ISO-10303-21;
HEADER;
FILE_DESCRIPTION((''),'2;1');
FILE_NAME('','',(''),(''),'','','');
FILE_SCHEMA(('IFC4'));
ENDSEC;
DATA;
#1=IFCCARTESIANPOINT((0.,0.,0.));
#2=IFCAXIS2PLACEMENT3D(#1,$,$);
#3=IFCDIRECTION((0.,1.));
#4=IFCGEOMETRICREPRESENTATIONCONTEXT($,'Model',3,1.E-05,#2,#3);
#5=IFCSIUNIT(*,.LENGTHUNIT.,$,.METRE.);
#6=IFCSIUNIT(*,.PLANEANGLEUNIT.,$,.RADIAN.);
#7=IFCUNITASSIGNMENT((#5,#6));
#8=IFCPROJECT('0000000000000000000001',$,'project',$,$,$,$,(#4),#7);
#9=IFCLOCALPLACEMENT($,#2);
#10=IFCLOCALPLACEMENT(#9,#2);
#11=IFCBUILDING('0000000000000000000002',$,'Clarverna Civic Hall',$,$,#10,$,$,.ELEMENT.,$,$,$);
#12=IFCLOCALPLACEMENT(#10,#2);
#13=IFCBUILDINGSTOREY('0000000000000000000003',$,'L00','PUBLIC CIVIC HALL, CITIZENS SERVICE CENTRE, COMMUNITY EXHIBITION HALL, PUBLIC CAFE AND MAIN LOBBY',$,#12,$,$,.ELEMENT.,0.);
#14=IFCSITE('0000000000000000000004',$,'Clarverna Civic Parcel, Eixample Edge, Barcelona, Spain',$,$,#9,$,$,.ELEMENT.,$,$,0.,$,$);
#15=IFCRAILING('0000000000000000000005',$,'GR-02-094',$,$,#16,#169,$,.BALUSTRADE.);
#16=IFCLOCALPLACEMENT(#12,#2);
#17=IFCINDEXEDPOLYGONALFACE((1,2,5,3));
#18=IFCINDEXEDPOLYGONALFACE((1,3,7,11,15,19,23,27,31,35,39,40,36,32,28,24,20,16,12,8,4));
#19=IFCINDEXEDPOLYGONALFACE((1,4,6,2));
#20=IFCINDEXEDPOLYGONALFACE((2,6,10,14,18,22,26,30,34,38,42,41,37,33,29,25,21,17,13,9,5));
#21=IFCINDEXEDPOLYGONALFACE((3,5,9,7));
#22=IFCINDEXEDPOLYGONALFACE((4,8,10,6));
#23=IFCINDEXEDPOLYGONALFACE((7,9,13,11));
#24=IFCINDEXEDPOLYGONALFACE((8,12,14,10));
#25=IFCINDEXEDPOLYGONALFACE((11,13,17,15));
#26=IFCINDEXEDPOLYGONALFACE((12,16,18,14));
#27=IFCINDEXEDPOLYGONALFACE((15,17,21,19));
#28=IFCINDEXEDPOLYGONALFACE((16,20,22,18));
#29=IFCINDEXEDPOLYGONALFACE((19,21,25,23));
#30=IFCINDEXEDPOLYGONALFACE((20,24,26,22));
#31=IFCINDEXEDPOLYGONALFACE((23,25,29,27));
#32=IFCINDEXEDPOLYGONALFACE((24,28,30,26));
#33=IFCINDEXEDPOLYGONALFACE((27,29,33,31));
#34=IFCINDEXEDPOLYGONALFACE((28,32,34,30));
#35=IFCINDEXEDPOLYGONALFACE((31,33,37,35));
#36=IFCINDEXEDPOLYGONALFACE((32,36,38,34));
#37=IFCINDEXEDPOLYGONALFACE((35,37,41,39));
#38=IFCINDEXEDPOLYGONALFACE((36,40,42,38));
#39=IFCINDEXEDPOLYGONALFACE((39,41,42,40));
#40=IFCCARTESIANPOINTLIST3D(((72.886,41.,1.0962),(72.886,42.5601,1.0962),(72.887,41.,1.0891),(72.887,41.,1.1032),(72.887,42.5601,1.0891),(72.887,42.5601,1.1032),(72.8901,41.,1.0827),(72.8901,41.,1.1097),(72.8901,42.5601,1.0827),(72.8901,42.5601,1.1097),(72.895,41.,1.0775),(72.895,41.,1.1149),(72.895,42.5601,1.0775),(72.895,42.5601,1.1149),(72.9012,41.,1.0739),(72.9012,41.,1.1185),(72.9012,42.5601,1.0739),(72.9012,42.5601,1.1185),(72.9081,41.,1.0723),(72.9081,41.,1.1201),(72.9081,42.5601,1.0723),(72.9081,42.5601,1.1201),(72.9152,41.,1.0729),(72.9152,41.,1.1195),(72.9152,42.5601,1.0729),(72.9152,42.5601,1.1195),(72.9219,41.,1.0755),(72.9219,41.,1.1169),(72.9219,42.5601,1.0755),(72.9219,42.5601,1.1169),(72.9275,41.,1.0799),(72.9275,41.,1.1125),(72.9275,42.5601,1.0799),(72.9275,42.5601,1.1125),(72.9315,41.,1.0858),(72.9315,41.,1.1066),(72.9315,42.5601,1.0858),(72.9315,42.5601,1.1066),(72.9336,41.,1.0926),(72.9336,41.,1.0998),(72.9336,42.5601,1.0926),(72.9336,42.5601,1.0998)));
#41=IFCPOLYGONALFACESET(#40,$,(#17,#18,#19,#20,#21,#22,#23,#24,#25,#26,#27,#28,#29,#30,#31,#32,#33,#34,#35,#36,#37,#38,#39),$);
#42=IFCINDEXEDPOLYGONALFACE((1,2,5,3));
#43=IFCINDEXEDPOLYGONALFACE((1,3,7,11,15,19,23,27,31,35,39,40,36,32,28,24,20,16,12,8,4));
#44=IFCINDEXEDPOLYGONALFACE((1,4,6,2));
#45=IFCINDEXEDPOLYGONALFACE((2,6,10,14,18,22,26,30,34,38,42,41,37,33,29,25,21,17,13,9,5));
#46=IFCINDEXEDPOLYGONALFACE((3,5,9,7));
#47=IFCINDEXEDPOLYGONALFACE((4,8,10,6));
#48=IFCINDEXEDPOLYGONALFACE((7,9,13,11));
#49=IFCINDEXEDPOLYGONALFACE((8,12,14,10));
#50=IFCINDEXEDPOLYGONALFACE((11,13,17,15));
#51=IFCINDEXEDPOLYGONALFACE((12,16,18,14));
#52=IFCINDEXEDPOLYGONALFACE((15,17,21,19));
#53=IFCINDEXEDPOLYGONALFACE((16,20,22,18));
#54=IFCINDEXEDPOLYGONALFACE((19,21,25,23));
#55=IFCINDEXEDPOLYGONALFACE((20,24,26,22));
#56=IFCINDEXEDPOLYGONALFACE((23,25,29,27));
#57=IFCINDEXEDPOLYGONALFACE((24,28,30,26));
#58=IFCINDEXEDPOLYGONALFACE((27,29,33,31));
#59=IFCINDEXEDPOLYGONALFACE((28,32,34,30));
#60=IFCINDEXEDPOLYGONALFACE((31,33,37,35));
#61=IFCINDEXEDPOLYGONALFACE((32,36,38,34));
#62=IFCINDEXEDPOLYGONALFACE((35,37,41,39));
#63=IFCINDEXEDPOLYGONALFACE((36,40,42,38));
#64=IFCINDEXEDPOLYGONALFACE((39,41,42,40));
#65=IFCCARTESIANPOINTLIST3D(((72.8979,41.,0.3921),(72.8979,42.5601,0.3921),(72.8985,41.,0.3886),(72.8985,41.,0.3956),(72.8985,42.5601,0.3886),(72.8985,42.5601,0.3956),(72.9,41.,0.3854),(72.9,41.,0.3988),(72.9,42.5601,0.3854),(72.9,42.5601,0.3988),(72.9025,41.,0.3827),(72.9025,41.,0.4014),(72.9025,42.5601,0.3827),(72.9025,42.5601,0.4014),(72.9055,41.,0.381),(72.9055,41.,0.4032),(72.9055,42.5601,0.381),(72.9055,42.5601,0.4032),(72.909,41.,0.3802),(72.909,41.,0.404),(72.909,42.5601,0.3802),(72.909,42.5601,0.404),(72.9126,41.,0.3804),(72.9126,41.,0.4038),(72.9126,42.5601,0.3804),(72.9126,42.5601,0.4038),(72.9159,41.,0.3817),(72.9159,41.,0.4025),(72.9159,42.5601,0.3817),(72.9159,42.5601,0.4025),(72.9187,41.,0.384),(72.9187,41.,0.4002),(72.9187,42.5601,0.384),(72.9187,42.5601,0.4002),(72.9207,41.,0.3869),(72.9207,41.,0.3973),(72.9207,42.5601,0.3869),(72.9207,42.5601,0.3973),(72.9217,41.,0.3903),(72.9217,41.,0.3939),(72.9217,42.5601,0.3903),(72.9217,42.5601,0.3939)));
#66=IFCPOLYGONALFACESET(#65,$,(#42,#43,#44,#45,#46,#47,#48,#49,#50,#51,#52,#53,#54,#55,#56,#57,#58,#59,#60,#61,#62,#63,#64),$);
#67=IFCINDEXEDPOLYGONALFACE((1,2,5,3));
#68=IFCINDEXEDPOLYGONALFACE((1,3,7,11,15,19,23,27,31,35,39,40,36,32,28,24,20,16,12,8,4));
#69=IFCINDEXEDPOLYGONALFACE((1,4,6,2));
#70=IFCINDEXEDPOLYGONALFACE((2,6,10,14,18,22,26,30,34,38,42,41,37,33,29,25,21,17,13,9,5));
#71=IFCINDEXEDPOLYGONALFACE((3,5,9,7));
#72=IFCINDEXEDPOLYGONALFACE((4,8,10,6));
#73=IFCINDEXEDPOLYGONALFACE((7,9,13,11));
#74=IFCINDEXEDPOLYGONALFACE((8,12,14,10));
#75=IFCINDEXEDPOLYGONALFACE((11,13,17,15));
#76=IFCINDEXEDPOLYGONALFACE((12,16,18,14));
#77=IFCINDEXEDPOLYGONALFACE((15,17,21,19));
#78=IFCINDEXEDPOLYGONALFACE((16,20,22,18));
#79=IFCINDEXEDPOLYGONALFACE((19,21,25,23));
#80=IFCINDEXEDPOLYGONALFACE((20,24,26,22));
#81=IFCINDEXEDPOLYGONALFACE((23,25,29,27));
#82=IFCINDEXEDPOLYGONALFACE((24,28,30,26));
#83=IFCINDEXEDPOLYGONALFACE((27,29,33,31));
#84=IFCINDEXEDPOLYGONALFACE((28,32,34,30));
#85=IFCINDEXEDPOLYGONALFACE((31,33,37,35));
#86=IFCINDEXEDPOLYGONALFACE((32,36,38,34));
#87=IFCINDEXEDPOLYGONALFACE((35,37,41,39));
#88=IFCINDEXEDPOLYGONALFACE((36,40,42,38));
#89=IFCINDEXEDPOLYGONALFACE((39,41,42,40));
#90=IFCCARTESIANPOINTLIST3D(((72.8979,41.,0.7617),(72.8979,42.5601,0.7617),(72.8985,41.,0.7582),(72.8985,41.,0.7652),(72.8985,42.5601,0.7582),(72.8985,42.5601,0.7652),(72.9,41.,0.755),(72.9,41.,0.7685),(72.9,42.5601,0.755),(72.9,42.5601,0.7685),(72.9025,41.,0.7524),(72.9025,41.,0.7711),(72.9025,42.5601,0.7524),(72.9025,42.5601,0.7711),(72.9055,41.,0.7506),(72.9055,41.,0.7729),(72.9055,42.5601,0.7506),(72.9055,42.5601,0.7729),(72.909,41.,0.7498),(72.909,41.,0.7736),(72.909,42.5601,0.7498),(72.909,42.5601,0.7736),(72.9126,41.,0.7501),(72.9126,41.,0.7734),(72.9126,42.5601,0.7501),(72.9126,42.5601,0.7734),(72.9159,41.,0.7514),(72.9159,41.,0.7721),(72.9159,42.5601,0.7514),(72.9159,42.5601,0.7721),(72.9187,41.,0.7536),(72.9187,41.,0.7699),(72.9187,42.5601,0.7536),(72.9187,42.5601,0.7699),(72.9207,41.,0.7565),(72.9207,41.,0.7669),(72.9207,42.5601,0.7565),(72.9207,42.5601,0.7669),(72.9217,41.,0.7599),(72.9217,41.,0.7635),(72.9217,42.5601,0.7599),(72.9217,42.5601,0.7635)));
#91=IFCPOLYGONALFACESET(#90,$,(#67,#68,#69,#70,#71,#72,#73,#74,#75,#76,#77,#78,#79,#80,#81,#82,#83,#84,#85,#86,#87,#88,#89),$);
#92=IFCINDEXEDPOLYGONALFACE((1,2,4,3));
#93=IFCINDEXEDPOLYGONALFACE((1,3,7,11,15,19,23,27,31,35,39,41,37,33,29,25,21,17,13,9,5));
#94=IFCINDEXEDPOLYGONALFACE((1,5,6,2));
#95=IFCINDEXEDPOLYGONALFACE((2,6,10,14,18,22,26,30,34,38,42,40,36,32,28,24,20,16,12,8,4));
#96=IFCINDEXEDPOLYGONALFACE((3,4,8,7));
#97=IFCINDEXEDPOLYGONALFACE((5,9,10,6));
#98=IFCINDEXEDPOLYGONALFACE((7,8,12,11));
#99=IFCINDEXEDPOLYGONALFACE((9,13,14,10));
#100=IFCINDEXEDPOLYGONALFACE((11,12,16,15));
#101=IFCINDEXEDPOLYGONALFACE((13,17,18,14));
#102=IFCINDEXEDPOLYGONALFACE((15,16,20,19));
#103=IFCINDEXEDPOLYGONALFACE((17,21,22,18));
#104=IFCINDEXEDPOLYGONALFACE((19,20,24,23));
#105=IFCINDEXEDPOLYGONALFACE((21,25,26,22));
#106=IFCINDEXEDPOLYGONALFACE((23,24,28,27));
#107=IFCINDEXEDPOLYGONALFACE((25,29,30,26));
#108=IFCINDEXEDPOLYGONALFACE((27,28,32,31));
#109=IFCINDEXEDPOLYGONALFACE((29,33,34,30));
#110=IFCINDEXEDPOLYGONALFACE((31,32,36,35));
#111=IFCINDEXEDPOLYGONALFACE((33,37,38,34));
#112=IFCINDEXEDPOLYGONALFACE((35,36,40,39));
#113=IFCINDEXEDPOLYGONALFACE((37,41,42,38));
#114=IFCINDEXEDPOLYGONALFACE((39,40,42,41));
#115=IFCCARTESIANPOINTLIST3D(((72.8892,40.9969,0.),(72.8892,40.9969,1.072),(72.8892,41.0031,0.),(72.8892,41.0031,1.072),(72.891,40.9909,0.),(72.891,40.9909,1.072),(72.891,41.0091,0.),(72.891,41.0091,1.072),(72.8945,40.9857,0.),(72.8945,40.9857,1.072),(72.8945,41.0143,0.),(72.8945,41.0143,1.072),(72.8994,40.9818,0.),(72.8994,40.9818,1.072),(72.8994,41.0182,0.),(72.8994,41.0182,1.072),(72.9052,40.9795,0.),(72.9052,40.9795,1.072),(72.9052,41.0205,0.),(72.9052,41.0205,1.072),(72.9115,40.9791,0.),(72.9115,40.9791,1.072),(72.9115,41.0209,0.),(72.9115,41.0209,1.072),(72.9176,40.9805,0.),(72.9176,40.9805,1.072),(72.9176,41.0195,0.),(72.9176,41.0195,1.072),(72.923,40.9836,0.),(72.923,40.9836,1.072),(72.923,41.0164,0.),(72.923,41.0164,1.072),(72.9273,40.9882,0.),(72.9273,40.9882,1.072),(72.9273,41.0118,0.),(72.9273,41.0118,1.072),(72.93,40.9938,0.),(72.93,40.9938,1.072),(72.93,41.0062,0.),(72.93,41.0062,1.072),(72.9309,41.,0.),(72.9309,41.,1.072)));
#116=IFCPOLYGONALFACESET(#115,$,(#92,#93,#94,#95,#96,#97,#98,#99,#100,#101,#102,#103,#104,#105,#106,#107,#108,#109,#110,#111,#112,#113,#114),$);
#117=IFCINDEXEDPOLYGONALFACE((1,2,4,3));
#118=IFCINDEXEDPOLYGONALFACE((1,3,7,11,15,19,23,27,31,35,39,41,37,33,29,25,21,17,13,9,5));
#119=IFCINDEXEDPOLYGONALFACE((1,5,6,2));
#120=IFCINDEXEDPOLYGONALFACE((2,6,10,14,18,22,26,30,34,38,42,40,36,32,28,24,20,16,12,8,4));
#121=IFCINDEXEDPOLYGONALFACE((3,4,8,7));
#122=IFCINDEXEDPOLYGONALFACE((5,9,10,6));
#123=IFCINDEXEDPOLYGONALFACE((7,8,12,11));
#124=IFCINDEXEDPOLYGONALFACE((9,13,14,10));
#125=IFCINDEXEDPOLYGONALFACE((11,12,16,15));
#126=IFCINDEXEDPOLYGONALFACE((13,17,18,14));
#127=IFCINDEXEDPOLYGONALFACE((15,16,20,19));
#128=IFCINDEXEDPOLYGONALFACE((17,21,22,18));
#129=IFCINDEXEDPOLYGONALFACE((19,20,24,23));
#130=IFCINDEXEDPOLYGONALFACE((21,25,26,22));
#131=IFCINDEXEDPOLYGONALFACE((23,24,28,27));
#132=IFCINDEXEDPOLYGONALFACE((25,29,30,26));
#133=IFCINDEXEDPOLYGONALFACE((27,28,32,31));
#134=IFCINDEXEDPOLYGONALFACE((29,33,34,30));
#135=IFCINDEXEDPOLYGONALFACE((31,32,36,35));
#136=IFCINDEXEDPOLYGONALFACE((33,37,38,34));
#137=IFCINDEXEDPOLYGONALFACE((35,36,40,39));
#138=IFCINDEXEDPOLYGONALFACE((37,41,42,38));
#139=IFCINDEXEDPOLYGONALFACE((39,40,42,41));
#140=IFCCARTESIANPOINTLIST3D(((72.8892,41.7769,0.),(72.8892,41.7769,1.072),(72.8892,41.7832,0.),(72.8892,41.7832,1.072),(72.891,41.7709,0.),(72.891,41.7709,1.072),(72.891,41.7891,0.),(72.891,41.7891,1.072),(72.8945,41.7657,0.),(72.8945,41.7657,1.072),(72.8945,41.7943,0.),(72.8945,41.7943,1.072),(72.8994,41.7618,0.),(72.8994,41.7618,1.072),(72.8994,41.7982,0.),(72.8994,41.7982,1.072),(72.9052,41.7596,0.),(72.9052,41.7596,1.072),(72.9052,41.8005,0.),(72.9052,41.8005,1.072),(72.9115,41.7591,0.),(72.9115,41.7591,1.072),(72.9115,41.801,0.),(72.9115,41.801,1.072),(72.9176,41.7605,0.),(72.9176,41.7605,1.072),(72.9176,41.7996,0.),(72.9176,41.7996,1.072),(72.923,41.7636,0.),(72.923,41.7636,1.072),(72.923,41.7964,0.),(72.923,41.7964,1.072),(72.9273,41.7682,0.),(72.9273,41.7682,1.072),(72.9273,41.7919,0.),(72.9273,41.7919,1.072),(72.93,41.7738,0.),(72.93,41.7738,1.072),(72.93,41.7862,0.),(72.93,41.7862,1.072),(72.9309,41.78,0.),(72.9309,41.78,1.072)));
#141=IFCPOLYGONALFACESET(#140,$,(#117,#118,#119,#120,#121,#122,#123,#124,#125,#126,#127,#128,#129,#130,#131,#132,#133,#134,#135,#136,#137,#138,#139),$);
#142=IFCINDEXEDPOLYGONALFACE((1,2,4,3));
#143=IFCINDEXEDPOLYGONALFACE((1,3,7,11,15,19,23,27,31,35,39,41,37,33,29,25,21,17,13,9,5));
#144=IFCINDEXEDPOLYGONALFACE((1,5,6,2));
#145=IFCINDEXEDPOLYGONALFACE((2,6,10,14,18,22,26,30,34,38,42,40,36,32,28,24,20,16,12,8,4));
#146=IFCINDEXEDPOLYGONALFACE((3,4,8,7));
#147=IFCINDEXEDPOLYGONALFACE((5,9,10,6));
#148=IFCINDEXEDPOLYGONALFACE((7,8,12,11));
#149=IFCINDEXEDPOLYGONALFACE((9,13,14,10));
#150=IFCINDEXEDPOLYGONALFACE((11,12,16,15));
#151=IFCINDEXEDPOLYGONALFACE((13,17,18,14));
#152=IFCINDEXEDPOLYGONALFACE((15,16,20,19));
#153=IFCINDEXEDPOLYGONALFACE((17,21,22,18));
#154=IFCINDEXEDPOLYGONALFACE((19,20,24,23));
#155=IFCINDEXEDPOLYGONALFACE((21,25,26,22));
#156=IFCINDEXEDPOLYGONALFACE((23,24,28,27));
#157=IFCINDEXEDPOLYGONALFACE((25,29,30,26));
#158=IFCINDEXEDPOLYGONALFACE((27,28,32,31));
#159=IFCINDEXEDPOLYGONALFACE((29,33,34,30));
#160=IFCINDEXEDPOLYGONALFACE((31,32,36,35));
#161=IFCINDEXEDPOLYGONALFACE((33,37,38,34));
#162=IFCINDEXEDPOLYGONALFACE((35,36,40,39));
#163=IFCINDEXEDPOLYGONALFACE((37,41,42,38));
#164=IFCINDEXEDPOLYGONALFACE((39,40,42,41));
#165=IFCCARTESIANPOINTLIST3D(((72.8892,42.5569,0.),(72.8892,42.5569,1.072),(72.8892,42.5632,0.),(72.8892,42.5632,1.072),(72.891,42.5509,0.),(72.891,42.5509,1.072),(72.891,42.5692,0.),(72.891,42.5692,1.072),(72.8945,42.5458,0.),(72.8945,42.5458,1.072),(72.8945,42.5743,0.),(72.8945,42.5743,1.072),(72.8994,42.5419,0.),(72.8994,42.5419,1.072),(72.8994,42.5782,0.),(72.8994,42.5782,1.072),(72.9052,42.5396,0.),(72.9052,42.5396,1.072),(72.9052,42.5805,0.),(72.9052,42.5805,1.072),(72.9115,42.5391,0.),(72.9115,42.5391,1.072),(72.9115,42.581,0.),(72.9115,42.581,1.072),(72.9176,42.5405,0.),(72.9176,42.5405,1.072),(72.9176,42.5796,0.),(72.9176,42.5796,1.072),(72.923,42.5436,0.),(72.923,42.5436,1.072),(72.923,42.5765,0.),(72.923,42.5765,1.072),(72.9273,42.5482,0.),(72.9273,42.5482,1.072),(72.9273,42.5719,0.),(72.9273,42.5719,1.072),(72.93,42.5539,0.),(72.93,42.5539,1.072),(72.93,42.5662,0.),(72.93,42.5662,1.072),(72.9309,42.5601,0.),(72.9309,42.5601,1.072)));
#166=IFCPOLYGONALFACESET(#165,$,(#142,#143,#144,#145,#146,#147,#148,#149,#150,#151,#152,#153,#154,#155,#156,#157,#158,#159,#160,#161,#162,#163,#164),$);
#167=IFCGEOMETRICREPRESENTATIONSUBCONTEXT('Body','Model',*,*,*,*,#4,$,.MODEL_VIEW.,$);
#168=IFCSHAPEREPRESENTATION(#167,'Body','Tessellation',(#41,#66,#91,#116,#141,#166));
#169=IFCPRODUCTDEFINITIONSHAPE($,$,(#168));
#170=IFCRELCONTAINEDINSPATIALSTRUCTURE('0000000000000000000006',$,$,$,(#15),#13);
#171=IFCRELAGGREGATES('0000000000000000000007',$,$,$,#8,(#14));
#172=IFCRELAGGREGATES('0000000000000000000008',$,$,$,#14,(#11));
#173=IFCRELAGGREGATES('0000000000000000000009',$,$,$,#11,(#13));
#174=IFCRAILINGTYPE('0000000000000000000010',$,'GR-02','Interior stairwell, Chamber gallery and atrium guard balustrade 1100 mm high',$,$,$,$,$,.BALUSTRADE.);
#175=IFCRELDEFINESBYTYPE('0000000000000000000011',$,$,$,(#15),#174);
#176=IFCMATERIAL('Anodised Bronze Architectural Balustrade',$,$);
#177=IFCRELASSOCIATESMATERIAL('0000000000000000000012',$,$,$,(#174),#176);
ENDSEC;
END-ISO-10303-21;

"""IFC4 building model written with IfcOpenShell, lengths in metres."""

from ifc_helpers import new_model, si_unit, direction, frame, origin, origin_2d, place, context, subcontext, project, spatial, circle, extrude, material, type_object, element, save


model = new_model("IFC4")

# Units and contexts
model_context = context("Model", 3, precision=1e-05, world=origin(), true_north=direction((0.0, 1.0)))
body_context = subcontext(model_context, "Body", "Model", "MODEL_VIEW")
ifc_project = project(units=[si_unit("LENGTHUNIT", "METRE"), si_unit("PLANEANGLEUNIT", "RADIAN")], contexts=[model_context])

# Site, building, storey
site_placement = place(None, origin())
site = spatial("IfcSite", under=ifc_project, at=site_placement, Name="Clarverna Civic Parcel, Eixample Edge, Barcelona, Spain", CompositionType="ELEMENT", RefElevation=0.0)
building_placement = place(site_placement, origin())
building = spatial("IfcBuilding", under=site, at=building_placement, Name="Clarverna Civic Hall", CompositionType="ELEMENT")
storey_placement = place(building_placement, origin())
storey = spatial("IfcBuildingStorey", under=building, at=storey_placement, Name="L00", Description="PUBLIC CIVIC HALL, CITIZENS SERVICE CENTRE, COMMUNITY EXHIBITION HALL, PUBLIC CAFE AND MAIN LOBBY", CompositionType="ELEMENT", Elevation=0.0)

# Railing
ifc_material_1 = material(Name="Anodised Bronze Architectural Balustrade")
railing_type_1 = type_object("IfcRailingType", Name="GR-02", Description="Interior stairwell, Chamber gallery and atrium guard balustrade 1100 mm high", PredefinedType="BALUSTRADE", material=ifc_material_1)
railing_1_placement = place(storey_placement, frame((72.9099, 41.0, 0.0)))
element("IfcRailing", 1, at=railing_1_placement, inside=storey, type_object=railing_type_1, Name="GR-02-094", PredefinedType="BALUSTRADE", context=body_context, shape_type="SweptSolid", body=[
    extrude(circle(Radius=0.0239, at=origin_2d()), frame((0.0, 0.0, 1.0962), z_axis=(0.0, 1.0, 0.0), x_axis=(-1.0, 0.0, 0.0)), (0.0, 0.0, 1.0), 1.5601),
    extrude(circle(Radius=0.012, at=origin_2d()), frame((0.0, 0.0, 0.3921), z_axis=(0.0, 1.0, 0.0), x_axis=(-1.0, 0.0, 0.0)), (0.0, 0.0, 1.0), 1.5601),
    extrude(circle(Radius=0.012, at=origin_2d()), frame((0.0, 0.0, 0.7617), z_axis=(0.0, 1.0, 0.0), x_axis=(-1.0, 0.0, 0.0)), (0.0, 0.0, 1.0), 1.5601),
    extrude(circle(Radius=0.021, at=origin_2d()), origin(), (0.0, 0.0, 1.0), 1.072),
    extrude(circle(Radius=0.021, at=origin_2d()), frame((0.0, 0.78, 0.0)), (0.0, 0.0, 1.0), 1.072),
    extrude(circle(Radius=0.021, at=origin_2d()), frame((0.0, 1.5601, 0.0)), (0.0, 0.0, 1.0), 1.072),
])

save(model, "model.ifc")
